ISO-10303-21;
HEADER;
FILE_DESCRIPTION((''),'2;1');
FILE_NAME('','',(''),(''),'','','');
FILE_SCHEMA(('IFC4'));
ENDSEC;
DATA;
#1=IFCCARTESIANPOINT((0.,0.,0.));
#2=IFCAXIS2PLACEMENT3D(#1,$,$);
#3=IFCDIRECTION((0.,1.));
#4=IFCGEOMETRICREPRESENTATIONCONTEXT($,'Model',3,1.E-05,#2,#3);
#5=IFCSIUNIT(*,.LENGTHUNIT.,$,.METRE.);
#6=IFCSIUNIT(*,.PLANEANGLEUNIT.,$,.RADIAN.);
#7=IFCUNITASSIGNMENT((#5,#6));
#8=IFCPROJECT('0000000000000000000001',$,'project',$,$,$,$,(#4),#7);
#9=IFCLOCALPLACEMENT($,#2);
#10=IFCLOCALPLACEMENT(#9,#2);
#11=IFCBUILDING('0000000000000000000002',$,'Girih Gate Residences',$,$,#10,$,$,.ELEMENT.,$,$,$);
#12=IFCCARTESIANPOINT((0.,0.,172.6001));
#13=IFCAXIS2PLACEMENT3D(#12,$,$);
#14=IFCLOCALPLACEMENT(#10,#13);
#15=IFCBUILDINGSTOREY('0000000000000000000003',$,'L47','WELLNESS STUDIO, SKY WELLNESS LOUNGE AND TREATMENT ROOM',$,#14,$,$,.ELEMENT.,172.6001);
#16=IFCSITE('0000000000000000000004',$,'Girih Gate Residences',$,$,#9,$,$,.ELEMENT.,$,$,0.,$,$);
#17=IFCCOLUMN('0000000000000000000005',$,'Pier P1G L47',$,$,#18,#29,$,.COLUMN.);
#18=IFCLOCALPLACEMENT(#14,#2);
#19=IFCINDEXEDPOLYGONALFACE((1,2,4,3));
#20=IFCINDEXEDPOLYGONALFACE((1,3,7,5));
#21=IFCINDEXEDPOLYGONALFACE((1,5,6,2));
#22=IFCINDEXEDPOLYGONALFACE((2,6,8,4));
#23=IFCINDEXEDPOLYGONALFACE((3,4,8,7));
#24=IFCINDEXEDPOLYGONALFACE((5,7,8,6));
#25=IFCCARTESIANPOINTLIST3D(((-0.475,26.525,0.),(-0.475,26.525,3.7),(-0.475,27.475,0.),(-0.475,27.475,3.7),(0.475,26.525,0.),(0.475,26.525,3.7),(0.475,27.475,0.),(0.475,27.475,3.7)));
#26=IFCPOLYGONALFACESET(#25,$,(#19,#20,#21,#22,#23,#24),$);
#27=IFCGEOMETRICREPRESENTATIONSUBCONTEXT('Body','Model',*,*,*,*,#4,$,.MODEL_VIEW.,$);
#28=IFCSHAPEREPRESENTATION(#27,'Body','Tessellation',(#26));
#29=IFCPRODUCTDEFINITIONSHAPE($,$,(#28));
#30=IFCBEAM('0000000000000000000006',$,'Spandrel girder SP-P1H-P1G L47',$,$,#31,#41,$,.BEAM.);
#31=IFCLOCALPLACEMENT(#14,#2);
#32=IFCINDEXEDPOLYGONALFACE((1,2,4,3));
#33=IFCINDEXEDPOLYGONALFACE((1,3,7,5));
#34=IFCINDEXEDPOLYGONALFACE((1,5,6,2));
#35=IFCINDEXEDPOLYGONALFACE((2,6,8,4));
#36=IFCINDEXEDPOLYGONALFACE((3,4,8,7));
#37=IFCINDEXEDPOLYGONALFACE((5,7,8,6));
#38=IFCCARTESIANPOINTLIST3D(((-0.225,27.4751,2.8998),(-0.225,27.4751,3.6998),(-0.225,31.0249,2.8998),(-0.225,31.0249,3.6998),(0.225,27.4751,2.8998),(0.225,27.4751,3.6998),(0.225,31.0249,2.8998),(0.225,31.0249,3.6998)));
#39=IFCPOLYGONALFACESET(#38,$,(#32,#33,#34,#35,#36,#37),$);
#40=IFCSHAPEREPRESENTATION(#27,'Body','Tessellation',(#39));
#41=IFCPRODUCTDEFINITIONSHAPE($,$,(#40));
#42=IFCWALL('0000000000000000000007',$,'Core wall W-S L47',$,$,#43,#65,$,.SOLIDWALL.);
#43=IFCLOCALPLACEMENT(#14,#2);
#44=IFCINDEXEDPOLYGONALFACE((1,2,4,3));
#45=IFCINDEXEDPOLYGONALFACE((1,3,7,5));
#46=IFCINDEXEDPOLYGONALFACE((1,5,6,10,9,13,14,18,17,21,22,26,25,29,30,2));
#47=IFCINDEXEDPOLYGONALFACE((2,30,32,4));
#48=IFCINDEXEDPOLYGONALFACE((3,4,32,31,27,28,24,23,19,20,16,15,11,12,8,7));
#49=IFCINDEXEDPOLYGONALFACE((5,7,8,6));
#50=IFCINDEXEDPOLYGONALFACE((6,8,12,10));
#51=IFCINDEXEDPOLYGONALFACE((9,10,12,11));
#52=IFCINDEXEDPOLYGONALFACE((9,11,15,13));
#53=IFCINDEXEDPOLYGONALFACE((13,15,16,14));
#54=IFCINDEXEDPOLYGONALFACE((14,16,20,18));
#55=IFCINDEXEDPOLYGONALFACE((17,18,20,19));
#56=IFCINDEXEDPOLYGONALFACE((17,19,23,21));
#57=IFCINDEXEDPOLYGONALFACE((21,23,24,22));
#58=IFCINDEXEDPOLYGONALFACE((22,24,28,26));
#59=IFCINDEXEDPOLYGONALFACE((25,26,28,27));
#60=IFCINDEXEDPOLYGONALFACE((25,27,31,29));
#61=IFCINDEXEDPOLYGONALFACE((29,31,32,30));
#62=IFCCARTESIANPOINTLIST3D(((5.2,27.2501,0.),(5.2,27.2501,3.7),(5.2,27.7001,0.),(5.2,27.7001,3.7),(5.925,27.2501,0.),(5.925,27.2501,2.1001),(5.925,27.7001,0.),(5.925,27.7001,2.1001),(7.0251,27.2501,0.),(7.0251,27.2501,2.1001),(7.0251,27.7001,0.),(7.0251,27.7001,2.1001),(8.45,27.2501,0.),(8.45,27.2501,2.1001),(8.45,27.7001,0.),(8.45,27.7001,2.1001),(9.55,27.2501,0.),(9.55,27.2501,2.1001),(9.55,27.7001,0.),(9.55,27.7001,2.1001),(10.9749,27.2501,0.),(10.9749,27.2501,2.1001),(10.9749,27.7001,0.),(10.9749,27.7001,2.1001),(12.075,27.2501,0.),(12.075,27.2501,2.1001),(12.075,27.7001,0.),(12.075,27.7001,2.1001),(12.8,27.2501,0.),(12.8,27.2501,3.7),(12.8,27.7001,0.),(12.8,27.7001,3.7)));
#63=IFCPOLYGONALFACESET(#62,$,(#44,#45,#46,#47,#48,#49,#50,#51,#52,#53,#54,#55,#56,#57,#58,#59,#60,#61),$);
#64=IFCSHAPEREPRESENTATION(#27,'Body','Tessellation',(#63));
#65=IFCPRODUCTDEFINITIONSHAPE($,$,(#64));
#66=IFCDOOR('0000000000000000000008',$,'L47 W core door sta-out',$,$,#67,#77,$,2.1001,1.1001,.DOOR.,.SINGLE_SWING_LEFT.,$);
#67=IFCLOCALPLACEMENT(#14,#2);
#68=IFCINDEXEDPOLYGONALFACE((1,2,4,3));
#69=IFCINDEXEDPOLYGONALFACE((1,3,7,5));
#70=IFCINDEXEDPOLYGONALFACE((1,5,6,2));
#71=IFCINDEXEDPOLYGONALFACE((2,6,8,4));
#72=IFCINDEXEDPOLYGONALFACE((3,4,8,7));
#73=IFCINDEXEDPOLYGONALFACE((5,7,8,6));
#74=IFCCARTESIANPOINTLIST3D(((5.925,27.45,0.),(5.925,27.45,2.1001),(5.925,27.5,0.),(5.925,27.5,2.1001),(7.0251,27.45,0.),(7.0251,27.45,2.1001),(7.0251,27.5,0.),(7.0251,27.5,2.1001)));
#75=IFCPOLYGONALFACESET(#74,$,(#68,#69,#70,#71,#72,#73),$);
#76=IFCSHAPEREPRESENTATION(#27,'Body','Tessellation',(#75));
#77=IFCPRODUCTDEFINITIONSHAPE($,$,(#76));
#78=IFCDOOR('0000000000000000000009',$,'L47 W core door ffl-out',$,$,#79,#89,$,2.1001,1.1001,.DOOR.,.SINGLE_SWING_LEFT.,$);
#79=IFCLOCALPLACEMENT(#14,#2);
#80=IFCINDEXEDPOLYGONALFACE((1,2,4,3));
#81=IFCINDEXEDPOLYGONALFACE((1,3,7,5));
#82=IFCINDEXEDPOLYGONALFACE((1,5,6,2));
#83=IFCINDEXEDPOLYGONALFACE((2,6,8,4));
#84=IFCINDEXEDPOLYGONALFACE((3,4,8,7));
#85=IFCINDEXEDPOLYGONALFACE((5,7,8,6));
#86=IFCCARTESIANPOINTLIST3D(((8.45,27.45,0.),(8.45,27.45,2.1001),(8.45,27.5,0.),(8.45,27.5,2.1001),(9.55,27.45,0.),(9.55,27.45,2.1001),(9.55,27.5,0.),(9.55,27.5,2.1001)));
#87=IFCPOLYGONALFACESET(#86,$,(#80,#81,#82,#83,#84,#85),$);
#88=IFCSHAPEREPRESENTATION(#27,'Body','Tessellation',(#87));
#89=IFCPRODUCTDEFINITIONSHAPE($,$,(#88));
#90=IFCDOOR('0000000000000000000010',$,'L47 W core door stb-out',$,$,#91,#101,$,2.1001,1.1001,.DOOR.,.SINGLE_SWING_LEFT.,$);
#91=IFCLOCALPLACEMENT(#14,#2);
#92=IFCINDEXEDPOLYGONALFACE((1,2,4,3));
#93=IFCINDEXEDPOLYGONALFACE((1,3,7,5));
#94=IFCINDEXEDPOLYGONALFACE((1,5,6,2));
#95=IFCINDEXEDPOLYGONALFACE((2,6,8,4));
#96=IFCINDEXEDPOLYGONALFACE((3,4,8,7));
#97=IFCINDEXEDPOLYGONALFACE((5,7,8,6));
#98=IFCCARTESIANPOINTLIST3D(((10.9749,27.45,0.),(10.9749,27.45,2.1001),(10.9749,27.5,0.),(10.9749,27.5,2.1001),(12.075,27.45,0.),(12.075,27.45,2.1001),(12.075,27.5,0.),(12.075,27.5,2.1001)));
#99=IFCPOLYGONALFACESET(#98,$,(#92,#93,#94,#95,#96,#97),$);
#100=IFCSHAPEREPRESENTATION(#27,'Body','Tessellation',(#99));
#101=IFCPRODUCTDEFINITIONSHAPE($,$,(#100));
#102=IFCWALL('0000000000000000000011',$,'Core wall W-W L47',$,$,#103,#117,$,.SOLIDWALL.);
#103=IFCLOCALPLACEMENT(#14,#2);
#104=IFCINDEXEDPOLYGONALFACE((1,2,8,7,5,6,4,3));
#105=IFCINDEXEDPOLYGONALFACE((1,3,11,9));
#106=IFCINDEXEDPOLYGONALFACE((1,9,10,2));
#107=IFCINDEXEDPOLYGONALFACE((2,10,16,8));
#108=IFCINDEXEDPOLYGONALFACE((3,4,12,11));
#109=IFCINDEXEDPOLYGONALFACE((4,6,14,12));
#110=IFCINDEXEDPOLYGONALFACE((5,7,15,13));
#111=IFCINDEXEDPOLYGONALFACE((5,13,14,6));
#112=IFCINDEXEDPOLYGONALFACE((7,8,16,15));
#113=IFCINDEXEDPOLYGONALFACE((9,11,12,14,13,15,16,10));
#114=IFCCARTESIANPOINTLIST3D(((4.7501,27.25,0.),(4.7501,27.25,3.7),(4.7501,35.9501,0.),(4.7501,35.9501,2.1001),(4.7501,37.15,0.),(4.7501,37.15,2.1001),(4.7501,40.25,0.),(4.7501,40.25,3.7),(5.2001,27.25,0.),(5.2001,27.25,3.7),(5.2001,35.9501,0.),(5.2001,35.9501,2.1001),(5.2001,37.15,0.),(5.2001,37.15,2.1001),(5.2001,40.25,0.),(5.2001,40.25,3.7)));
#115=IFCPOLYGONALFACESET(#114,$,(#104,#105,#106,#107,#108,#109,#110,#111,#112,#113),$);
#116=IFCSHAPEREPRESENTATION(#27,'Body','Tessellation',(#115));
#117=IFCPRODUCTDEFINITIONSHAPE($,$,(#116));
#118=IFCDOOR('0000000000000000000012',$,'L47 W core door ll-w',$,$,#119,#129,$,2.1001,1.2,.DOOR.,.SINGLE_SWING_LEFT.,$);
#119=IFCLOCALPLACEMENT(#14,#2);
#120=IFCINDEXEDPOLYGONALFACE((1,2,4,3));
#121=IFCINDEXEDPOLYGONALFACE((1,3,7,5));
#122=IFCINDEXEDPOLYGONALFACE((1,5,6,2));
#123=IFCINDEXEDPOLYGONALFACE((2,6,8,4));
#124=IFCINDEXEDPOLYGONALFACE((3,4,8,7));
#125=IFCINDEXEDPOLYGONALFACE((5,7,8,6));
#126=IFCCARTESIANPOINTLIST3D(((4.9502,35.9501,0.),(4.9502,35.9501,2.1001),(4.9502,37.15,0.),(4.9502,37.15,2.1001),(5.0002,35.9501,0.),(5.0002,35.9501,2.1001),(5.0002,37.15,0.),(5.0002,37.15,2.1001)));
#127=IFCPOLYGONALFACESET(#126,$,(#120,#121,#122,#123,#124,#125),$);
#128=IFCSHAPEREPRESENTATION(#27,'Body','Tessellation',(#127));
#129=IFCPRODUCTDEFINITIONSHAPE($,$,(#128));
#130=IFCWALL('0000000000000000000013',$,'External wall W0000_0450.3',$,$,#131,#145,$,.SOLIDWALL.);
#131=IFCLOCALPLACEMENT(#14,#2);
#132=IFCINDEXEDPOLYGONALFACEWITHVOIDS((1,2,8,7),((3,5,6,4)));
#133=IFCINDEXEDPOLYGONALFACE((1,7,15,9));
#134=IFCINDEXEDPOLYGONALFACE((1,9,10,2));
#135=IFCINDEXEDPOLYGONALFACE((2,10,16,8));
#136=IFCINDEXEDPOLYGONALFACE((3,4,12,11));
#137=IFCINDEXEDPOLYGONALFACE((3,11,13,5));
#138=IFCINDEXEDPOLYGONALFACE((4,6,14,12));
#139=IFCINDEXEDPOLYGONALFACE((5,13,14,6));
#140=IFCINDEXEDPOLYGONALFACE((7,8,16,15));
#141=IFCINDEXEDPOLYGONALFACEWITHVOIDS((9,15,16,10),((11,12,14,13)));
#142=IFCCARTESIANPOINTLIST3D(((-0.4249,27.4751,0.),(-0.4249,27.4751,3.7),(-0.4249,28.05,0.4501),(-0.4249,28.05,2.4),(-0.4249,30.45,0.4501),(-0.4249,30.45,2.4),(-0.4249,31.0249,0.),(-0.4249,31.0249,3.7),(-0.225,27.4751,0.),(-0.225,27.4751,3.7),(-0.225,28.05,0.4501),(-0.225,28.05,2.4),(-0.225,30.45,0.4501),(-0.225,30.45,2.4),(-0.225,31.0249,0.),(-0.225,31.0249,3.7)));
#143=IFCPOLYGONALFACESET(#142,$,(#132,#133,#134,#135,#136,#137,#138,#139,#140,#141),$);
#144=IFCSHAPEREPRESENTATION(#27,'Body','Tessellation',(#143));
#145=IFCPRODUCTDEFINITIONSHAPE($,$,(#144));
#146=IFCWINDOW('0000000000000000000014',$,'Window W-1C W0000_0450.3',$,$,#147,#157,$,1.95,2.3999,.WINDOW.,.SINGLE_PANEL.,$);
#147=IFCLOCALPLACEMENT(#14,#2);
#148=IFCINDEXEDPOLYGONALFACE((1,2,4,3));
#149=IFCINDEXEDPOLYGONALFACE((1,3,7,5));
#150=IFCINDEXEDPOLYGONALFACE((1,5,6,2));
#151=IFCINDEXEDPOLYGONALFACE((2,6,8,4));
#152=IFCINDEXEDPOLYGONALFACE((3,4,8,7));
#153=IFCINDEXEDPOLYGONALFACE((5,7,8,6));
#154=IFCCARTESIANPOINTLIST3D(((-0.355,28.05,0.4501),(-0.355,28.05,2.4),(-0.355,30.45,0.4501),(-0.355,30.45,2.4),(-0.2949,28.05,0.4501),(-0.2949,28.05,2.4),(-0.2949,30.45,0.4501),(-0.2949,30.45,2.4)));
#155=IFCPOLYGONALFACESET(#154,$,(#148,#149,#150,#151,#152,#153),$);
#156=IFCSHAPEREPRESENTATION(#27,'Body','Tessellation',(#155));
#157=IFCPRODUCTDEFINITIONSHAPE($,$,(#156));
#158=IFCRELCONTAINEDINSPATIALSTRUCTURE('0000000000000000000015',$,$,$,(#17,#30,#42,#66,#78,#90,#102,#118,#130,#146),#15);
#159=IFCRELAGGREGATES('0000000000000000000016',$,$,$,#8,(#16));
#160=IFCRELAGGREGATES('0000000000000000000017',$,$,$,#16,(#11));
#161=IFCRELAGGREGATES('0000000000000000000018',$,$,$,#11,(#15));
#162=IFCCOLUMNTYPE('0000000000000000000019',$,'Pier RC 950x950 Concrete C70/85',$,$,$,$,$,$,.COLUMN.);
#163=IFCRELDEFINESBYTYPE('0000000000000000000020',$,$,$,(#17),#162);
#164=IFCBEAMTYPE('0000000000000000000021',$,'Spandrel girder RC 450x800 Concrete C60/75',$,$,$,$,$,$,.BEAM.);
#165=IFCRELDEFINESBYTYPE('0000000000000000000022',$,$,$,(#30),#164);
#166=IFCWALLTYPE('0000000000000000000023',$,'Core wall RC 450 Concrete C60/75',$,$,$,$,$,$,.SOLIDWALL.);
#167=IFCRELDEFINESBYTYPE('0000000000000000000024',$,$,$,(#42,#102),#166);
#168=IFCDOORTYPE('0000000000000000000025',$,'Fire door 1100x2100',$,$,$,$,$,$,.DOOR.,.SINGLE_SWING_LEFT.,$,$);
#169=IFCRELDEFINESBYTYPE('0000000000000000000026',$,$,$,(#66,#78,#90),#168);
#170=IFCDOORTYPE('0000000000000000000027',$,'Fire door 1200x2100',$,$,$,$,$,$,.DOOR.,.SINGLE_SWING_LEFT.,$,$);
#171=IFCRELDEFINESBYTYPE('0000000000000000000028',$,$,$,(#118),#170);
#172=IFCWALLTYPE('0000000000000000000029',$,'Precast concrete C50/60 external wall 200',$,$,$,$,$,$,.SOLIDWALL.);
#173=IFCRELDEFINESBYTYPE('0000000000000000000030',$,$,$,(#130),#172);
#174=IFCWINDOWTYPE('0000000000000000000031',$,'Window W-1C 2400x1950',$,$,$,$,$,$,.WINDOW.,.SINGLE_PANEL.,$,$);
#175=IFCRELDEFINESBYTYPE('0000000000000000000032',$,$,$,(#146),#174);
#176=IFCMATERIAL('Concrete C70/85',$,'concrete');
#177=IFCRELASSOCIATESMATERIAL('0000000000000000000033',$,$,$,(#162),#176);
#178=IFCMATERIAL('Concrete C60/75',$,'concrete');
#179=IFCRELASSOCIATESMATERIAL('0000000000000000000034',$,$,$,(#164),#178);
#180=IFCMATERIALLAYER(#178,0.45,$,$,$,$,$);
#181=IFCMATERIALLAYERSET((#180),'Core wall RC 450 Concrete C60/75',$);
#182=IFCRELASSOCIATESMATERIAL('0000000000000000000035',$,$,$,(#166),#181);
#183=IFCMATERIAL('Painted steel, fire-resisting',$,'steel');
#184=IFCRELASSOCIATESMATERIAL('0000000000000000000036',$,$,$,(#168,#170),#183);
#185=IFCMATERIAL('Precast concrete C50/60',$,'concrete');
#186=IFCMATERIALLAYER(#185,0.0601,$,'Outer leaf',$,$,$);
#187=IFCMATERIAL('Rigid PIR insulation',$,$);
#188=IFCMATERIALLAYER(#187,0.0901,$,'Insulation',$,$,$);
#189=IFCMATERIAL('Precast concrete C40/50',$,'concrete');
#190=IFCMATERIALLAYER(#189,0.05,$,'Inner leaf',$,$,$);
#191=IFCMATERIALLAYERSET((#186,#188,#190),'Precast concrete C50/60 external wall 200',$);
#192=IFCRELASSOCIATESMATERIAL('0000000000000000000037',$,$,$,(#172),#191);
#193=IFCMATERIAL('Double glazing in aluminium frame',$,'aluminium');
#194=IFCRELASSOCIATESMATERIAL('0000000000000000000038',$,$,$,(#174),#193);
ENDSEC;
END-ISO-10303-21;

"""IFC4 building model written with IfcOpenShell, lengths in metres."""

from ifc_helpers import new_model, si_unit, direction, frame, frame_2d, origin, origin_2d, place, context, subcontext, project, spatial, rectangle, extrude, material, layer, layer_set, material_profile, profile_set, type_object, element, fill, save


model = new_model("IFC4")

# Units and contexts
model_context = context("Model", 3, precision=1e-05, world=origin(), true_north=direction((0.0, 1.0)))
body_context = subcontext(model_context, "Body", "Model", "MODEL_VIEW")
ifc_project = project(units=[si_unit("LENGTHUNIT", "METRE"), si_unit("PLANEANGLEUNIT", "RADIAN")], contexts=[model_context])

# Site, building, storey
site_placement = place(None, origin())
site = spatial("IfcSite", under=ifc_project, at=site_placement, Name="Girih Gate Residences", CompositionType="ELEMENT", RefElevation=0.0)
building_placement = place(site_placement, origin())
building = spatial("IfcBuilding", under=site, at=building_placement, Name="Girih Gate Residences", CompositionType="ELEMENT")
storey_placement = place(building_placement, frame((0.0, 0.0, 172.6001)))
storey = spatial("IfcBuildingStorey", under=building, at=storey_placement, Name="L47", Description="WELLNESS STUDIO, SKY WELLNESS LOUNGE AND TREATMENT ROOM", CompositionType="ELEMENT", Elevation=172.6001)

# Column
ifc_material_1 = material(Name="Concrete C70/85", Category="concrete")
ifc_material_profile_1 = material_profile(ifc_material_1, rectangle(XDim=0.95, YDim=0.95, at=origin_2d()))
ifc_profile_set_1 = profile_set([ifc_material_profile_1], Name="Concrete C70/85")
column_type = type_object("IfcColumnType", Name="Pier RC 950x950 Concrete C70/85", PredefinedType="COLUMN", material=ifc_profile_set_1)
column_placement = place(storey_placement, frame((0.0, 27.0, 0.0), z_axis=(0.0, 0.0, 1.0), x_axis=(1.0, 0.0, 0.0)))
element("IfcColumn", 1, at=column_placement, inside=storey, type_object=column_type, Name="Pier P1G L47", PredefinedType="COLUMN", context=body_context, shape_type="SweptSolid", body=[
    extrude(rectangle(XDim=0.95, YDim=0.95, at=origin_2d()), origin(), (0.0, 0.0, 1.0), 3.7),
])

# Beam
ifc_material_2 = material(Name="Concrete C60/75", Category="concrete")
ifc_material_profile_2 = material_profile(ifc_material_2, rectangle(XDim=0.45, YDim=0.8, at=origin_2d()))
ifc_profile_set_2 = profile_set([ifc_material_profile_2], Name="Concrete C60/75")
beam_type = type_object("IfcBeamType", Name="Spandrel girder RC 450x800 Concrete C60/75", PredefinedType="BEAM", material=ifc_profile_set_2)
beam_placement = place(storey_placement, frame((0.0, 31.0249, 3.2998), z_axis=(0.0, -1.0, 0.0), x_axis=(1.0, 0.0, 0.0)))
element("IfcBeam", 2, at=beam_placement, inside=storey, type_object=beam_type, Name="Spandrel girder SP-P1H-P1G L47", PredefinedType="BEAM", context=body_context, shape_type="SweptSolid", body=[
    extrude(rectangle(XDim=0.45, YDim=0.8, at=origin_2d()), origin(), (0.0, 0.0, 1.0), 3.5498),
])

# Wall, openings, doors
ifc_layer_1 = layer(ifc_material_2, 0.45)
ifc_layer_set_1 = layer_set([ifc_layer_1], Name="Core wall RC 450 Concrete C60/75")
wall_type_1 = type_object("IfcWallType", Name="Core wall RC 450 Concrete C60/75", PredefinedType="SOLIDWALL", material=ifc_layer_set_1)
wall_1_placement = place(storey_placement, frame((5.2, 27.4751, 0.0), z_axis=(0.0, 0.0, 1.0), x_axis=(1.0, 0.0, 0.0)))
wall_1 = element("IfcWall", 3, at=wall_1_placement, inside=storey, type_object=wall_type_1, Name="Core wall W-S L47", PredefinedType="SOLIDWALL", context=body_context, shape_type="SweptSolid", body=[
    extrude(rectangle(XDim=7.6001, YDim=0.45, at=frame_2d((3.8, 0.0))), origin(), (0.0, 0.0, 1.0), 3.7),
])
opening_1_placement = place(wall_1_placement, frame((0.7251, 0.0, 0.0)))
opening_1 = element("IfcOpeningElement", 4, at=opening_1_placement, cuts=wall_1, PredefinedType="OPENING", context=body_context, shape_type="SweptSolid", body=[
    extrude(rectangle(XDim=1.1001, YDim=2.1001, at=frame_2d((0.55, 1.05))), frame((0.0, 0.2349, 0.0), z_axis=(0.0, -1.0, 0.0), x_axis=(1.0, 0.0, 0.0)), (0.0, 0.0, 1.0), 0.47),
])
opening_2_placement = place(wall_1_placement, frame((3.25, 0.0, 0.0)))
opening_2 = element("IfcOpeningElement", 5, at=opening_2_placement, cuts=wall_1, PredefinedType="OPENING", context=body_context, shape_type="SweptSolid", body=[
    extrude(rectangle(XDim=1.1001, YDim=2.1001, at=frame_2d((0.55, 1.05))), frame((0.0, 0.2349, 0.0), z_axis=(0.0, -1.0, 0.0), x_axis=(1.0, 0.0, 0.0)), (0.0, 0.0, 1.0), 0.47),
])
opening_3_placement = place(wall_1_placement, frame((5.7749, 0.0, 0.0)))
opening_3 = element("IfcOpeningElement", 6, at=opening_3_placement, cuts=wall_1, PredefinedType="OPENING", context=body_context, shape_type="SweptSolid", body=[
    extrude(rectangle(XDim=1.1001, YDim=2.1001, at=frame_2d((0.55, 1.05))), frame((0.0, 0.2349, 0.0), z_axis=(0.0, -1.0, 0.0), x_axis=(1.0, 0.0, 0.0)), (0.0, 0.0, 1.0), 0.47),
])
ifc_material_3 = material(Name="Painted steel, fire-resisting", Category="steel")
door_type_1 = type_object("IfcDoorType", Name="Fire door 1100x2100", OperationType="SINGLE_SWING_LEFT", PredefinedType="DOOR", material=ifc_material_3)
door_1_placement = place(opening_1_placement, origin())
door_1 = element("IfcDoor", 7, at=door_1_placement, inside=storey, type_object=door_type_1, Name="L47 W core door sta-out", OperationType="SINGLE_SWING_LEFT", OverallHeight=2.1001, OverallWidth=1.1001, PredefinedType="DOOR", context=body_context, shape_type="SweptSolid", body=[
    extrude(rectangle(XDim=1.1001, YDim=2.1001, at=frame_2d((0.55, 1.05))), frame((0.0, 0.0249, 0.0), z_axis=(0.0, -1.0, 0.0), x_axis=(1.0, 0.0, 0.0)), (0.0, 0.0, 1.0), 0.05),
])
fill(opening_1, door_1)
door_2_placement = place(opening_2_placement, origin())
door_2 = element("IfcDoor", 8, at=door_2_placement, inside=storey, type_object=door_type_1, Name="L47 W core door ffl-out", OperationType="SINGLE_SWING_LEFT", OverallHeight=2.1001, OverallWidth=1.1001, PredefinedType="DOOR", context=body_context, shape_type="SweptSolid", body=[
    extrude(rectangle(XDim=1.1001, YDim=2.1001, at=frame_2d((0.55, 1.05))), frame((0.0, 0.0249, 0.0), z_axis=(0.0, -1.0, 0.0), x_axis=(1.0, 0.0, 0.0)), (0.0, 0.0, 1.0), 0.05),
])
fill(opening_2, door_2)
door_3_placement = place(opening_3_placement, origin())
door_3 = element("IfcDoor", 9, at=door_3_placement, inside=storey, type_object=door_type_1, Name="L47 W core door stb-out", OperationType="SINGLE_SWING_LEFT", OverallHeight=2.1001, OverallWidth=1.1001, PredefinedType="DOOR", context=body_context, shape_type="SweptSolid", body=[
    extrude(rectangle(XDim=1.1001, YDim=2.1001, at=frame_2d((0.55, 1.05))), frame((0.0, 0.0249, 0.0), z_axis=(0.0, -1.0, 0.0), x_axis=(1.0, 0.0, 0.0)), (0.0, 0.0, 1.0), 0.05),
])
fill(opening_3, door_3)

# Wall, opening, door
wall_2_placement = place(storey_placement, frame((4.9751, 27.25, 0.0), z_axis=(0.0, 0.0, 1.0), x_axis=(0.0, 1.0, 0.0)))
wall_2 = element("IfcWall", 10, at=wall_2_placement, inside=storey, type_object=wall_type_1, Name="Core wall W-W L47", PredefinedType="SOLIDWALL", context=body_context, shape_type="SweptSolid", body=[
    extrude(rectangle(XDim=13.0, YDim=0.45, at=frame_2d((6.5, 0.0))), origin(), (0.0, 0.0, 1.0), 3.7),
])
opening_4_placement = place(wall_2_placement, frame((8.7, 0.0, 0.0)))
opening_4 = element("IfcOpeningElement", 11, at=opening_4_placement, cuts=wall_2, PredefinedType="OPENING", context=body_context, shape_type="SweptSolid", body=[
    extrude(rectangle(XDim=1.2, YDim=2.1001, at=frame_2d((0.6001, 1.05))), frame((0.0, 0.2349, 0.0), z_axis=(0.0, -1.0, 0.0), x_axis=(1.0, 0.0, 0.0)), (0.0, 0.0, 1.0), 0.47),
])
door_type_2 = type_object("IfcDoorType", Name="Fire door 1200x2100", OperationType="SINGLE_SWING_LEFT", PredefinedType="DOOR", material=ifc_material_3)
door_4_placement = place(opening_4_placement, origin())
door_4 = element("IfcDoor", 12, at=door_4_placement, inside=storey, type_object=door_type_2, Name="L47 W core door ll-w", OperationType="SINGLE_SWING_LEFT", OverallHeight=2.1001, OverallWidth=1.2, PredefinedType="DOOR", context=body_context, shape_type="SweptSolid", body=[
    extrude(rectangle(XDim=1.2, YDim=2.1001, at=frame_2d((0.6001, 1.05))), frame((0.0, 0.0249, 0.0), z_axis=(0.0, -1.0, 0.0), x_axis=(1.0, 0.0, 0.0)), (0.0, 0.0, 1.0), 0.05),
])
fill(opening_4, door_4)

# Wall, opening, window
ifc_material_4 = material(Name="Precast concrete C50/60", Category="concrete")
ifc_layer_2 = layer(ifc_material_4, 0.0601, Name="Outer leaf")
ifc_material_5 = material(Name="Rigid PIR insulation")
ifc_layer_3 = layer(ifc_material_5, 0.0901, Name="Insulation")
ifc_material_6 = material(Name="Precast concrete C40/50", Category="concrete")
ifc_layer_4 = layer(ifc_material_6, 0.05, Name="Inner leaf")
ifc_layer_set_2 = layer_set([ifc_layer_2, ifc_layer_3, ifc_layer_4], Name="Precast concrete C50/60 external wall 200")
wall_type_2 = type_object("IfcWallType", Name="Precast concrete C50/60 external wall 200", PredefinedType="SOLIDWALL", material=ifc_layer_set_2)
wall_3_placement = place(storey_placement, frame((-0.325, 27.4751, 0.0), z_axis=(0.0, 0.0, 1.0), x_axis=(0.0, 1.0, 0.0)))
wall_3 = element("IfcWall", 13, at=wall_3_placement, inside=storey, type_object=wall_type_2, Name="External wall W0000_0450.3", PredefinedType="SOLIDWALL", context=body_context, shape_type="SweptSolid", body=[
    extrude(rectangle(XDim=3.5498, YDim=0.2, at=frame_2d((1.7749, 0.0))), origin(), (0.0, 0.0, 1.0), 3.7),
])
opening_5_placement = place(wall_3_placement, frame((0.575, 0.0, 0.45)))
opening_5 = element("IfcOpeningElement", 14, at=opening_5_placement, cuts=wall_3, PredefinedType="OPENING", context=body_context, shape_type="SweptSolid", body=[
    extrude(rectangle(XDim=2.3999, YDim=1.95, at=frame_2d((1.2, 0.9751))), frame((0.0, 0.1099, 0.0), z_axis=(0.0, -1.0, 0.0), x_axis=(1.0, 0.0, 0.0)), (0.0, 0.0, 1.0), 0.22),
])
ifc_material_7 = material(Name="Double glazing in aluminium frame", Category="aluminium")
window_type = type_object("IfcWindowType", Name="Window W-1C 2400x1950", PartitioningType="SINGLE_PANEL", PredefinedType="WINDOW", material=ifc_material_7)
window_placement = place(opening_5_placement, origin())
window = element("IfcWindow", 15, at=window_placement, inside=storey, type_object=window_type, Name="Window W-1C W0000_0450.3", OverallHeight=1.95, OverallWidth=2.3999, PartitioningType="SINGLE_PANEL", PredefinedType="WINDOW", context=body_context, shape_type="SweptSolid", body=[
    extrude(rectangle(XDim=2.3999, YDim=1.95, at=frame_2d((1.2, 0.9751))), frame((0.0, 0.03, 0.0), z_axis=(0.0, -1.0, 0.0), x_axis=(1.0, 0.0, 0.0)), (0.0, 0.0, 1.0), 0.0601),
])
fill(opening_5, window)

save(model, "model.ifc")
